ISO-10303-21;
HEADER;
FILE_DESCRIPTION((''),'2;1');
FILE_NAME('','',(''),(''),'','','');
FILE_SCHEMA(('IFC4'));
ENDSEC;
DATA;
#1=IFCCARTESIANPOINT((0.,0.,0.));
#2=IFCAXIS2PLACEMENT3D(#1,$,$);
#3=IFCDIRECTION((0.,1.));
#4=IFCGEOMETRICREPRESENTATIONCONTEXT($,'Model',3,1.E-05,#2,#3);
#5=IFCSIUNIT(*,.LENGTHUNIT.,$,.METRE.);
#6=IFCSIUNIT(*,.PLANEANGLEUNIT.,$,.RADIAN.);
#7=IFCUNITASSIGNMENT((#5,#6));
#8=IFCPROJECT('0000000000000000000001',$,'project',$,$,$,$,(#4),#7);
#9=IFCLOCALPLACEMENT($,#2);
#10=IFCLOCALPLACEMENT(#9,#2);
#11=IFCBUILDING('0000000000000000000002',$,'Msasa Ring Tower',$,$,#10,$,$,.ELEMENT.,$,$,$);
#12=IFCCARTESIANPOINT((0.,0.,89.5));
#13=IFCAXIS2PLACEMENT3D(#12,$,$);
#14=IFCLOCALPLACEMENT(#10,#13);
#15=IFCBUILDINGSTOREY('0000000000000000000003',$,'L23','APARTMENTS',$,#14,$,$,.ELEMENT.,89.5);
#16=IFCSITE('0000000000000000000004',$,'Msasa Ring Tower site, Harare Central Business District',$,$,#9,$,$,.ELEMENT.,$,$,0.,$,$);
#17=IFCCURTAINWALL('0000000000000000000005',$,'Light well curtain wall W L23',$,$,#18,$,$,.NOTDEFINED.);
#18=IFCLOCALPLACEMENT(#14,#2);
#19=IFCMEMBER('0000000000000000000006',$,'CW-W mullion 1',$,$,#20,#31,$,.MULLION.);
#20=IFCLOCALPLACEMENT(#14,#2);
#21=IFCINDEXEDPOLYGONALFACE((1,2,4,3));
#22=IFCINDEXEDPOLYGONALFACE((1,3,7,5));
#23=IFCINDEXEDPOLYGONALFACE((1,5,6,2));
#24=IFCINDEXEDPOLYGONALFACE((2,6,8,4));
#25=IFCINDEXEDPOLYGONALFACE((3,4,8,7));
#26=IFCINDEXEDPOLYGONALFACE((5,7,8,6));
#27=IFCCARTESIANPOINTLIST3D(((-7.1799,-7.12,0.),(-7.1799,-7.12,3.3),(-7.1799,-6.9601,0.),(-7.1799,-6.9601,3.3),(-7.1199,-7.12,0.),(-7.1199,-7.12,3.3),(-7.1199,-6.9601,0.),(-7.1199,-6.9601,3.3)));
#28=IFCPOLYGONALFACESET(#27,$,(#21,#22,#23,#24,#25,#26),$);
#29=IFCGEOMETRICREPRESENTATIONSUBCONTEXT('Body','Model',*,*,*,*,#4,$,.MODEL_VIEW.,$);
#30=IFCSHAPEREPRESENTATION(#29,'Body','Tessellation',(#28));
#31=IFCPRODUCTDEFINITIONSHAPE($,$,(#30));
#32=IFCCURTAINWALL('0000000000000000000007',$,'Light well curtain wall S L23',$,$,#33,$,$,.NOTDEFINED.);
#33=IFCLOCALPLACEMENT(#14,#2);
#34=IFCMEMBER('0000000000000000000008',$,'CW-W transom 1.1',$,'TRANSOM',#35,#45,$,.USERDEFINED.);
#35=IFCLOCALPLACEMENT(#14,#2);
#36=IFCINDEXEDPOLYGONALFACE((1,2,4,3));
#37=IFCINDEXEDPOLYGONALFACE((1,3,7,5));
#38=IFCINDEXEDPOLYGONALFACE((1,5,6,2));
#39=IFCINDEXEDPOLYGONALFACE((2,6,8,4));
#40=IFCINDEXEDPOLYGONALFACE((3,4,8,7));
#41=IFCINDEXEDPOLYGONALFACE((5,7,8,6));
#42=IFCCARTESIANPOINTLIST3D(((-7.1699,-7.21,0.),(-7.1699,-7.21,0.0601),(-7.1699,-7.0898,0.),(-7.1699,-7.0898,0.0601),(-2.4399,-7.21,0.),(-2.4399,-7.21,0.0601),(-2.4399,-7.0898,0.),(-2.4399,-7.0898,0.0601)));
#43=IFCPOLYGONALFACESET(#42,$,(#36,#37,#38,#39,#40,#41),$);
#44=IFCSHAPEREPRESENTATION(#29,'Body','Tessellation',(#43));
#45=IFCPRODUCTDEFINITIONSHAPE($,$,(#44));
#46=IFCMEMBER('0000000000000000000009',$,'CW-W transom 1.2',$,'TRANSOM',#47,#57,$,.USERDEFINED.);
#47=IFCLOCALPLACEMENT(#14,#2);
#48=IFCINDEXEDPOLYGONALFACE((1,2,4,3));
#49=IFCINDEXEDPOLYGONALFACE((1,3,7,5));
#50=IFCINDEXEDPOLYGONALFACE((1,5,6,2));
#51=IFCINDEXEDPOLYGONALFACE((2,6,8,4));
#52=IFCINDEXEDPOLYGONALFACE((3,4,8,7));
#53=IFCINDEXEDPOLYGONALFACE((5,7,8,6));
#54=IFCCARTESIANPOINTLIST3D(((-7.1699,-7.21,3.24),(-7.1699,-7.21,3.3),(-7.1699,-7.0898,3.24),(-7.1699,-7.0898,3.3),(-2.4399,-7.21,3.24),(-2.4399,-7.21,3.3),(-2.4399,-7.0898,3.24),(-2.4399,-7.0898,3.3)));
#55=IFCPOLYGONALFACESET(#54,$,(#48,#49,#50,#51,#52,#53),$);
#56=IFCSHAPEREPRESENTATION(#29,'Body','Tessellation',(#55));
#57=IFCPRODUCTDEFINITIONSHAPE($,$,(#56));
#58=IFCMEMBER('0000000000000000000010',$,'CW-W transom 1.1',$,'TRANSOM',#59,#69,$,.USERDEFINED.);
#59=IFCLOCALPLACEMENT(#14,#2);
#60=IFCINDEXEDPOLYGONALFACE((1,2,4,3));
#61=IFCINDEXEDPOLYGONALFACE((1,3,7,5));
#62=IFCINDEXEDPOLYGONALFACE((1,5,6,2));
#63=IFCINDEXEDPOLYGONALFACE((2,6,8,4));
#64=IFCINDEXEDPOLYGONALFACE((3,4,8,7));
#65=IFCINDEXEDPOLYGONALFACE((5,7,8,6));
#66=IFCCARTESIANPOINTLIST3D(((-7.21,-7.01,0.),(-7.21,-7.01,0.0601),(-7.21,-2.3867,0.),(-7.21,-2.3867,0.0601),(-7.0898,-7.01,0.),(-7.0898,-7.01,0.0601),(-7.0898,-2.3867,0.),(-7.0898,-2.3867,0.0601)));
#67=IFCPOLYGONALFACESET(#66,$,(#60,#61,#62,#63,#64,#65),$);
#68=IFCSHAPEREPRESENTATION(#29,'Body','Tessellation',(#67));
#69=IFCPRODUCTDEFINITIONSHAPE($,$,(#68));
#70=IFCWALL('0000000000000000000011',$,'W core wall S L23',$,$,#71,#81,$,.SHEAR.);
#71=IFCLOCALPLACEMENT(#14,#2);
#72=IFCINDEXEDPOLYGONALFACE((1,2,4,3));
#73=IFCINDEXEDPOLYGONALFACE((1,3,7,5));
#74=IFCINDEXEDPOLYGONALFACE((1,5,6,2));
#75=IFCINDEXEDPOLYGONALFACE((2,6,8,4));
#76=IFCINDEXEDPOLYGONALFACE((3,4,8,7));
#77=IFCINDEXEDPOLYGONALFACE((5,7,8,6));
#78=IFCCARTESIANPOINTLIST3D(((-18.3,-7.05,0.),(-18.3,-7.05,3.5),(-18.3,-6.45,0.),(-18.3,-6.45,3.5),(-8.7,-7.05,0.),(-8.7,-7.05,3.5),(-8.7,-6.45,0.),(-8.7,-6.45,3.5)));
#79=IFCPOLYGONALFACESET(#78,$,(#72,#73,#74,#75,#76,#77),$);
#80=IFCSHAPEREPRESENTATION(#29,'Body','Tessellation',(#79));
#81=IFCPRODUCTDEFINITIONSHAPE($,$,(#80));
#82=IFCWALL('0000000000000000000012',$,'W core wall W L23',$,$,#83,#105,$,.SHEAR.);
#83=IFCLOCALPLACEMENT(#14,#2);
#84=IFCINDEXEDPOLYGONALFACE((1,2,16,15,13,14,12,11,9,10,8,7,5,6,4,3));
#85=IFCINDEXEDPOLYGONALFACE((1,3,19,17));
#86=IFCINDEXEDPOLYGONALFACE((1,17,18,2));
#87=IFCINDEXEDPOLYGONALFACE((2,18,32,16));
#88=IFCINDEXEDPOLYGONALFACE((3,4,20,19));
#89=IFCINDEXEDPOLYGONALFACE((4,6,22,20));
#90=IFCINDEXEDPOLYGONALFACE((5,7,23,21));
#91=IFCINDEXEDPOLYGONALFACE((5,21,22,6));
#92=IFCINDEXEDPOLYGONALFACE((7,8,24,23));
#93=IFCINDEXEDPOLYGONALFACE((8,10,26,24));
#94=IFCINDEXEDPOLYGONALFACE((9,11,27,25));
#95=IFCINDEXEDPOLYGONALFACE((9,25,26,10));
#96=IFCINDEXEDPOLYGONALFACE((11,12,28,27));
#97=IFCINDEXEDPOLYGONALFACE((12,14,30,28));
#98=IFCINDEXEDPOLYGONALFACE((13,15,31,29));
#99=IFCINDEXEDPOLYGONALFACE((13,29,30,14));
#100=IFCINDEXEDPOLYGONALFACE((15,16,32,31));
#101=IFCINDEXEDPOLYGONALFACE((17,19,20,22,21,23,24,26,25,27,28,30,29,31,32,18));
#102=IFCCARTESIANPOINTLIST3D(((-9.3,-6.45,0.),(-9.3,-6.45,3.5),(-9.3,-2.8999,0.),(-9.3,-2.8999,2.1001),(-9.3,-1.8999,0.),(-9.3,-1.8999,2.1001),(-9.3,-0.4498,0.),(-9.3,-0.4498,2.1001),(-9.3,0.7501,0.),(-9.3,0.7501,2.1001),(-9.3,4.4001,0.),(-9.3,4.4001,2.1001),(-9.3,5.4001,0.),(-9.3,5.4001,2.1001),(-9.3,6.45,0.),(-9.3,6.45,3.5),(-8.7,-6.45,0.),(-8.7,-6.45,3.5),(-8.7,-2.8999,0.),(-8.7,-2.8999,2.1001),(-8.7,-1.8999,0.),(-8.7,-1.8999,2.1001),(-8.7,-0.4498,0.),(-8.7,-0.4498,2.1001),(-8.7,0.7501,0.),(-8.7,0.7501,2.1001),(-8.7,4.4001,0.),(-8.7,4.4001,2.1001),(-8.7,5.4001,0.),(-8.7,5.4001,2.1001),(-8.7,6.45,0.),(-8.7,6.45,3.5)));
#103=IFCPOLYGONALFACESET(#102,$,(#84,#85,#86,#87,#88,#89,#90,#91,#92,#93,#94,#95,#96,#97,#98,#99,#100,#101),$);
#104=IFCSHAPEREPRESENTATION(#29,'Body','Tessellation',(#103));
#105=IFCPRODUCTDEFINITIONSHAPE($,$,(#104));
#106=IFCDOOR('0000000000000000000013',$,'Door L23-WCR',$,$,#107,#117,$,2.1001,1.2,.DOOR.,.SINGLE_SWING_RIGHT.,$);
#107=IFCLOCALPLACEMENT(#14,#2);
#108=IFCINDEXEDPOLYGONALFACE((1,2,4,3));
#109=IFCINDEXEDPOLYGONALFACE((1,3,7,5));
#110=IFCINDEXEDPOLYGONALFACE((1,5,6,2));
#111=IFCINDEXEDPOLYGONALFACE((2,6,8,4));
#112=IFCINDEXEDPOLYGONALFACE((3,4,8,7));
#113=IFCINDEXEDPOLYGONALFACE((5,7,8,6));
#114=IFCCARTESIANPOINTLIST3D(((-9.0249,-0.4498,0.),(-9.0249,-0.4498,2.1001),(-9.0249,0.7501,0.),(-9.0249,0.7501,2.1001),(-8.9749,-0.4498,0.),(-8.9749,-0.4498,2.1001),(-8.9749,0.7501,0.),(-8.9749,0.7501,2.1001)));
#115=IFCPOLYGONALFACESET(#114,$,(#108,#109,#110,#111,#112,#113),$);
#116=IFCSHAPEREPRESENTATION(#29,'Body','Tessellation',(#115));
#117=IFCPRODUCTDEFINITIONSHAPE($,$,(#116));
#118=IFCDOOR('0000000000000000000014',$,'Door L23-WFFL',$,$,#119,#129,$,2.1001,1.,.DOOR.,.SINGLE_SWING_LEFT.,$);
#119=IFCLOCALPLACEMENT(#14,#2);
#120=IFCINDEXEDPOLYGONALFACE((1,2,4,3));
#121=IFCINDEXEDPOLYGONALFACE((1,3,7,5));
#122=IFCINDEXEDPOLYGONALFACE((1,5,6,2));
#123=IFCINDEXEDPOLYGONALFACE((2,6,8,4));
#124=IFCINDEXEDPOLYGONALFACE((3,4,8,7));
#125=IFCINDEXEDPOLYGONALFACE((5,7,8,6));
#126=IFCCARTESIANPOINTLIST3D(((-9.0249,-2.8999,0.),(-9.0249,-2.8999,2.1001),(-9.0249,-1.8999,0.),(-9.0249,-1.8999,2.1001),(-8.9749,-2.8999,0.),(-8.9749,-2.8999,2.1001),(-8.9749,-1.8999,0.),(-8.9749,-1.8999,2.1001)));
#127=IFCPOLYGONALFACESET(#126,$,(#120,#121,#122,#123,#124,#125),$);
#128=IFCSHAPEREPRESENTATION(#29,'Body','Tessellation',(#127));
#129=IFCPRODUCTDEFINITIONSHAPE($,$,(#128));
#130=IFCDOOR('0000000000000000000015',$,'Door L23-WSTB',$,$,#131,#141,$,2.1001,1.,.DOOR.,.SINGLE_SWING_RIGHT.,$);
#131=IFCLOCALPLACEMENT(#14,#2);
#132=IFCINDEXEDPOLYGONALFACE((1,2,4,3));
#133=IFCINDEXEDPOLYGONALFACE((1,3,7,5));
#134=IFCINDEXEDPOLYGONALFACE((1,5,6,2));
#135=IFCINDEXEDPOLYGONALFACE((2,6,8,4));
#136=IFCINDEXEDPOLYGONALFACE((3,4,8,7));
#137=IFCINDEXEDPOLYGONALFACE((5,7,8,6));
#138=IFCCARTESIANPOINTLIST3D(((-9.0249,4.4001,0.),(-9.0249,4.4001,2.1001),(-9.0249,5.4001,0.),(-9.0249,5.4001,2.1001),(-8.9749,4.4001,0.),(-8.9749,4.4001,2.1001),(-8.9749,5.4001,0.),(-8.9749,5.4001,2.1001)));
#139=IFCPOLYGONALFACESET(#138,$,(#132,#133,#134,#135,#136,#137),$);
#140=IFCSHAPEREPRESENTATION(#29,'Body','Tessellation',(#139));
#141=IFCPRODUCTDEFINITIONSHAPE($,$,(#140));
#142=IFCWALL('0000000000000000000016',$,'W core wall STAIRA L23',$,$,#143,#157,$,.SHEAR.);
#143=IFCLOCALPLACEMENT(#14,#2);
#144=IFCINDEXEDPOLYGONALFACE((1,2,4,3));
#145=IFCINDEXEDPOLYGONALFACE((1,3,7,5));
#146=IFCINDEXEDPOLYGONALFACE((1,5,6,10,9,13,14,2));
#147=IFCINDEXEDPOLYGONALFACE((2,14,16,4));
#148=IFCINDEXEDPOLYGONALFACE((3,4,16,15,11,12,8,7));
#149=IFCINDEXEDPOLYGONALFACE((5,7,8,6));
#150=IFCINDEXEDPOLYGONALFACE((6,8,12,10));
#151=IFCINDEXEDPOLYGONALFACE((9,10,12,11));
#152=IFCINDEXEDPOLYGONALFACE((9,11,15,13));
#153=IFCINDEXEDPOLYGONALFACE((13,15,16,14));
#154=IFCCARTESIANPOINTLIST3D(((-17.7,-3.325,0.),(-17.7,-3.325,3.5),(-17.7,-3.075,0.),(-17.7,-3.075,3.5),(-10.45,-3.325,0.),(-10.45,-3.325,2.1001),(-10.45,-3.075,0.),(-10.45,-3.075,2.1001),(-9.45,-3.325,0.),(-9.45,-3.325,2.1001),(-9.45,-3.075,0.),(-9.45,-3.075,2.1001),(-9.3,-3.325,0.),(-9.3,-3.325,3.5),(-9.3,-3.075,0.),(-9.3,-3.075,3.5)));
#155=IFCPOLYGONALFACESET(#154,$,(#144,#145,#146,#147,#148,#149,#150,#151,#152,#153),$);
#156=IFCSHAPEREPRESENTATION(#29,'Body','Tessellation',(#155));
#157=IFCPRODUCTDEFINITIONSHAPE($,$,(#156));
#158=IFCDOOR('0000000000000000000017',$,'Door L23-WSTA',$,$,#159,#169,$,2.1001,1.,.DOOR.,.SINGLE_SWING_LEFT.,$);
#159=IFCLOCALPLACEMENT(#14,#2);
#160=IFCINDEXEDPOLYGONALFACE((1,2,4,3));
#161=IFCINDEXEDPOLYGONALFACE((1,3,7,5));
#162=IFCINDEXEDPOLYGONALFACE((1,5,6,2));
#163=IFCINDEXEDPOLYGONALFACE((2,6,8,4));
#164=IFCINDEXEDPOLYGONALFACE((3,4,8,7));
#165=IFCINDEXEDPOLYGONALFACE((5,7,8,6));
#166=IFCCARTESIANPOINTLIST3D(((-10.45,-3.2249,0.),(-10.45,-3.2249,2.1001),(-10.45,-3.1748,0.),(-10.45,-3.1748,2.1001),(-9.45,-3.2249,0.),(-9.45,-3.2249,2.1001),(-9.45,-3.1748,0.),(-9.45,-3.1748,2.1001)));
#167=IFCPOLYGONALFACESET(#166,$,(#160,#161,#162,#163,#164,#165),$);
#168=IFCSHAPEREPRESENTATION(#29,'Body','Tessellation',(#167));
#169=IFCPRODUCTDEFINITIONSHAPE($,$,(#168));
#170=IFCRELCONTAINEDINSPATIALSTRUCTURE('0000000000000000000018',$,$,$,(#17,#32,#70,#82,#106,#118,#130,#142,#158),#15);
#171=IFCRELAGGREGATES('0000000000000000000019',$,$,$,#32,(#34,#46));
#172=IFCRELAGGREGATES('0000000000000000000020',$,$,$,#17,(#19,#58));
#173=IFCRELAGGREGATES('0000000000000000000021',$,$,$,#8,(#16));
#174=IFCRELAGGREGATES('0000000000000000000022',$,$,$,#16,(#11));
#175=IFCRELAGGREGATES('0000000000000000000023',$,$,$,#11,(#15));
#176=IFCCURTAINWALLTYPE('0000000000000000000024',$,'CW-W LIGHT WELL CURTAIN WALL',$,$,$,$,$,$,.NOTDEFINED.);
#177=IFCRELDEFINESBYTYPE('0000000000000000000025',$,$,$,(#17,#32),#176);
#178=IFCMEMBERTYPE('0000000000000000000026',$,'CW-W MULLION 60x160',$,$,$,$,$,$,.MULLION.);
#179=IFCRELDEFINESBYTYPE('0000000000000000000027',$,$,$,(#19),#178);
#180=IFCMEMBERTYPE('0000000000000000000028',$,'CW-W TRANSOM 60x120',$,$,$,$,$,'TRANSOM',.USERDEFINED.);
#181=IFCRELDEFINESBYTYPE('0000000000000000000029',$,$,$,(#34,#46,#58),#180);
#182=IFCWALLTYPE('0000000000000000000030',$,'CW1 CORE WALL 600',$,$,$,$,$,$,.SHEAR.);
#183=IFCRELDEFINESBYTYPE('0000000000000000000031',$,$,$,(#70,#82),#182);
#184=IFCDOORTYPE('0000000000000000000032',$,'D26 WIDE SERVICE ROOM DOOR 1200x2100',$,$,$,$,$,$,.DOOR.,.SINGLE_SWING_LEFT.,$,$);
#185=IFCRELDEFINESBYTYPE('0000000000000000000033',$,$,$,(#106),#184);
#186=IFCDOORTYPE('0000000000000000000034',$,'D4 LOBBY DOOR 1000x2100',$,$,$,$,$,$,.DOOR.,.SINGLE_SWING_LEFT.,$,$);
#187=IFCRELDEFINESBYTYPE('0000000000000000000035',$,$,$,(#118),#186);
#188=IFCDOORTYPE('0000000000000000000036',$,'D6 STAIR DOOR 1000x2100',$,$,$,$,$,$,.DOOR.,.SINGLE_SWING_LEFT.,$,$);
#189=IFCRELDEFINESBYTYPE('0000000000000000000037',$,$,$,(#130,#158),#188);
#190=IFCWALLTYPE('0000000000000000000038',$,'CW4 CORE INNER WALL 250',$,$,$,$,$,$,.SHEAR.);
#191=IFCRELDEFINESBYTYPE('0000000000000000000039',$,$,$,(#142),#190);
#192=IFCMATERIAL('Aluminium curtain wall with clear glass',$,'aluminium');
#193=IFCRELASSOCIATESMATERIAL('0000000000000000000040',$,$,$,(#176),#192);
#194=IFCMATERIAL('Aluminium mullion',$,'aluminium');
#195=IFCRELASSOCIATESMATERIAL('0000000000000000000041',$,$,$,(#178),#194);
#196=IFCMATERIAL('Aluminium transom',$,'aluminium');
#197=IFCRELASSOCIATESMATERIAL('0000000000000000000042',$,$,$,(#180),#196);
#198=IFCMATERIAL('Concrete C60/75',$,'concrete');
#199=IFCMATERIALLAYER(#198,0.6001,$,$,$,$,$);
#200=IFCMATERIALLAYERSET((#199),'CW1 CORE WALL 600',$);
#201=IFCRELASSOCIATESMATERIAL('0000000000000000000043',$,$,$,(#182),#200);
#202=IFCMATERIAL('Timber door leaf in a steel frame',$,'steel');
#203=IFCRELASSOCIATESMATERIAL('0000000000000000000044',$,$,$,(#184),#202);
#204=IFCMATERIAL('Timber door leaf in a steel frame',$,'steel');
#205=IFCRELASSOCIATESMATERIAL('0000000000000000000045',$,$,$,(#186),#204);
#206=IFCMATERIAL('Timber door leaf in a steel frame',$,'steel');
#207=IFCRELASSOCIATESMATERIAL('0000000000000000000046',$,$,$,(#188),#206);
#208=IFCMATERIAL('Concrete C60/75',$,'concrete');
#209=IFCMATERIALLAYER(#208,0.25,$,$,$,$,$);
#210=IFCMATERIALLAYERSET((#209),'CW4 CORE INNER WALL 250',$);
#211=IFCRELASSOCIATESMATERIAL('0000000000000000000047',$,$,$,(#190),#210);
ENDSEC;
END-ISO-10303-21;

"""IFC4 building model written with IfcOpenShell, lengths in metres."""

from ifc_helpers import new_model, si_unit, direction, frame, frame_2d, origin, origin_2d, place, context, subcontext, project, spatial, rectangle, extrude, material, layer, layer_set, material_profile, profile_set, type_object, element, fill, aggregate, save


model = new_model("IFC4")

# Units and contexts
model_context = context("Model", 3, precision=1e-05, world=origin(), true_north=direction((0.0, 1.0)))
body_context = subcontext(model_context, "Body", "Model", "MODEL_VIEW")
ifc_project = project(units=[si_unit("LENGTHUNIT", "METRE"), si_unit("PLANEANGLEUNIT", "RADIAN")], contexts=[model_context])

# Site, building, storey
site_placement = place(None, origin())
site = spatial("IfcSite", under=ifc_project, at=site_placement, Name="Msasa Ring Tower site, Harare Central Business District", CompositionType="ELEMENT", RefElevation=0.0)
building_placement = place(site_placement, origin())
building = spatial("IfcBuilding", under=site, at=building_placement, Name="Msasa Ring Tower", CompositionType="ELEMENT")
storey_placement = place(building_placement, frame((0.0, 0.0, 89.5)))
storey = spatial("IfcBuildingStorey", under=building, at=storey_placement, Name="L23", Description="APARTMENTS", CompositionType="ELEMENT", Elevation=89.5)

# Curtain wall, member
ifc_material_1 = material(Name="Aluminium curtain wall with clear glass", Category="aluminium")
curtain_wall_type = type_object("IfcCurtainWallType", Name="CW-W LIGHT WELL CURTAIN WALL", PredefinedType="NOTDEFINED", material=ifc_material_1)
curtain_wall_1_placement = place(storey_placement, origin())
curtain_wall_1 = element("IfcCurtainWall", 1, at=curtain_wall_1_placement, inside=storey, type_object=curtain_wall_type, Name="Light well curtain wall W L23", PredefinedType="NOTDEFINED")
ifc_material_2 = material(Name="Aluminium mullion", Category="aluminium")
ifc_material_profile_1 = material_profile(ifc_material_2, rectangle(XDim=0.0601, YDim=0.1599, at=origin_2d()), Name="AL 60x160")
ifc_profile_set_1 = profile_set([ifc_material_profile_1], Name="Aluminium mullion")
member_type_1 = type_object("IfcMemberType", Name="CW-W MULLION 60x160", PredefinedType="MULLION", material=ifc_profile_set_1)
member_1_placement = place(storey_placement, frame((-7.1499, -7.04, 0.0), z_axis=(0.0, 0.0, 1.0), x_axis=(-1.0, 0.0, 0.0)))
member_1 = element("IfcMember", 2, at=member_1_placement, type_object=member_type_1, Name="CW-W mullion 1", PredefinedType="MULLION", context=body_context, shape_type="SweptSolid", body=[
    extrude(rectangle(XDim=0.0601, YDim=0.1599, at=origin_2d()), origin(), (0.0, 0.0, 1.0), 3.3),
])

# Curtain wall, members
curtain_wall_2_placement = place(storey_placement, origin())
curtain_wall_2 = element("IfcCurtainWall", 3, at=curtain_wall_2_placement, inside=storey, type_object=curtain_wall_type, Name="Light well curtain wall S L23", PredefinedType="NOTDEFINED")
ifc_material_3 = material(Name="Aluminium transom", Category="aluminium")
ifc_material_profile_2 = material_profile(ifc_material_3, rectangle(XDim=0.1201, YDim=0.0601, at=origin_2d()), Name="AL 60x120")
ifc_profile_set_2 = profile_set([ifc_material_profile_2], Name="Aluminium transom")
member_type_2 = type_object("IfcMemberType", Name="CW-W TRANSOM 60x120", ElementType="TRANSOM", PredefinedType="USERDEFINED", material=ifc_profile_set_2)
member_2_placement = place(storey_placement, frame((-7.1699, -7.1499, 0.03), z_axis=(1.0, 0.0, 0.0), x_axis=(0.0, 1.0, 0.0)))
member_2 = element("IfcMember", 4, at=member_2_placement, type_object=member_type_2, Name="CW-W transom 1.1", ObjectType="TRANSOM", PredefinedType="USERDEFINED", context=body_context, shape_type="SweptSolid", body=[
    extrude(rectangle(XDim=0.1201, YDim=0.0601, at=origin_2d()), origin(), (0.0, 0.0, 1.0), 4.73),
])
member_3_placement = place(storey_placement, frame((-7.1699, -7.1499, 3.27), z_axis=(1.0, 0.0, 0.0), x_axis=(0.0, 1.0, 0.0)))
member_3 = element("IfcMember", 5, at=member_3_placement, type_object=member_type_2, Name="CW-W transom 1.2", ObjectType="TRANSOM", PredefinedType="USERDEFINED", context=body_context, shape_type="SweptSolid", body=[
    extrude(rectangle(XDim=0.1201, YDim=0.0601, at=origin_2d()), origin(), (0.0, 0.0, 1.0), 4.73),
])
aggregate(curtain_wall_2, [member_2, member_3])

# Member
member_4_placement = place(storey_placement, frame((-7.1499, -7.01, 0.03), z_axis=(0.0, 1.0, 0.0), x_axis=(-1.0, 0.0, 0.0)))
member_4 = element("IfcMember", 6, at=member_4_placement, type_object=member_type_2, Name="CW-W transom 1.1", ObjectType="TRANSOM", PredefinedType="USERDEFINED", context=body_context, shape_type="SweptSolid", body=[
    extrude(rectangle(XDim=0.1201, YDim=0.0601, at=origin_2d()), origin(), (0.0, 0.0, 1.0), 4.6233),
])
aggregate(curtain_wall_1, [member_1, member_4])

# Wall
ifc_material_4 = material(Name="Concrete C60/75", Category="concrete")
ifc_layer_1 = layer(ifc_material_4, 0.6001)
ifc_layer_set_1 = layer_set([ifc_layer_1], Name="CW1 CORE WALL 600")
wall_type_1 = type_object("IfcWallType", Name="CW1 CORE WALL 600", PredefinedType="SHEAR", material=ifc_layer_set_1)
wall_1_placement = place(storey_placement, frame((-8.7, -6.75, 0.0), z_axis=(0.0, 0.0, 1.0), x_axis=(-1.0, 0.0, 0.0)))
element("IfcWall", 7, at=wall_1_placement, inside=storey, type_object=wall_type_1, Name="W core wall S L23", PredefinedType="SHEAR", context=body_context, shape_type="SweptSolid", body=[
    extrude(rectangle(XDim=9.6001, YDim=0.6001, at=frame_2d((4.8, 0.0))), origin(), (0.0, 0.0, 1.0), 3.5),
])

# Wall, openings, doors
wall_2_placement = place(storey_placement, frame((-9.0, -6.45, 0.0), z_axis=(0.0, 0.0, 1.0), x_axis=(0.0, 1.0, 0.0)))
wall_2 = element("IfcWall", 8, at=wall_2_placement, inside=storey, type_object=wall_type_1, Name="W core wall W L23", PredefinedType="SHEAR", context=body_context, shape_type="SweptSolid", body=[
    extrude(rectangle(XDim=12.8999, YDim=0.6001, at=frame_2d((6.45, 0.0))), origin(), (0.0, 0.0, 1.0), 3.5),
])
opening_1_placement = place(wall_2_placement, frame((3.55, 0.0, 0.0)))
opening_1 = element("IfcOpeningElement", 9, at=opening_1_placement, cuts=wall_2, PredefinedType="OPENING", context=body_context, shape_type="SweptSolid", body=[
    extrude(rectangle(XDim=1.0, YDim=2.1001, at=frame_2d((0.5, 1.05))), frame((0.0, 0.3101, 0.0), z_axis=(0.0, -1.0, 0.0), x_axis=(1.0, 0.0, 0.0)), (0.0, 0.0, 1.0), 0.6201),
])
opening_2_placement = place(wall_2_placement, frame((6.0, 0.0, 0.0)))
opening_2 = element("IfcOpeningElement", 10, at=opening_2_placement, cuts=wall_2, PredefinedType="OPENING", context=body_context, shape_type="SweptSolid", body=[
    extrude(rectangle(XDim=1.2, YDim=2.1001, at=frame_2d((0.6001, 1.05))), frame((0.0, 0.3101, 0.0), z_axis=(0.0, -1.0, 0.0), x_axis=(1.0, 0.0, 0.0)), (0.0, 0.0, 1.0), 0.6201),
])
opening_3_placement = place(wall_2_placement, frame((10.8501, 0.0, 0.0)))
opening_3 = element("IfcOpeningElement", 11, at=opening_3_placement, cuts=wall_2, PredefinedType="OPENING", context=body_context, shape_type="SweptSolid", body=[
    extrude(rectangle(XDim=1.0, YDim=2.1001, at=frame_2d((0.5, 1.05))), frame((0.0, 0.3101, 0.0), z_axis=(0.0, -1.0, 0.0), x_axis=(1.0, 0.0, 0.0)), (0.0, 0.0, 1.0), 0.6201),
])
ifc_material_5 = material(Name="Timber door leaf in a steel frame", Category="steel")
door_type_1 = type_object("IfcDoorType", Name="D26 WIDE SERVICE ROOM DOOR 1200x2100", OperationType="SINGLE_SWING_LEFT", PredefinedType="DOOR", material=ifc_material_5)
door_1_placement = place(opening_2_placement, origin())
door_1 = element("IfcDoor", 12, at=door_1_placement, inside=storey, type_object=door_type_1, Name="Door L23-WCR", OperationType="SINGLE_SWING_RIGHT", OverallHeight=2.1001, OverallWidth=1.2, PredefinedType="DOOR", context=body_context, shape_type="SweptSolid", body=[
    extrude(rectangle(XDim=1.2, YDim=2.1001, at=frame_2d((0.6001, 1.05))), frame((0.0, 0.0249, 0.0), z_axis=(0.0, -1.0, 0.0), x_axis=(1.0, 0.0, 0.0)), (0.0, 0.0, 1.0), 0.05),
])
fill(opening_2, door_1)
ifc_material_6 = material(Name="Timber door leaf in a steel frame", Category="steel")
door_type_2 = type_object("IfcDoorType", Name="D4 LOBBY DOOR 1000x2100", OperationType="SINGLE_SWING_LEFT", PredefinedType="DOOR", material=ifc_material_6)
door_2_placement = place(opening_1_placement, origin())
door_2 = element("IfcDoor", 13, at=door_2_placement, inside=storey, type_object=door_type_2, Name="Door L23-WFFL", OperationType="SINGLE_SWING_LEFT", OverallHeight=2.1001, OverallWidth=1.0, PredefinedType="DOOR", context=body_context, shape_type="SweptSolid", body=[
    extrude(rectangle(XDim=1.0, YDim=2.1001, at=frame_2d((0.5, 1.05))), frame((0.0, 0.0249, 0.0), z_axis=(0.0, -1.0, 0.0), x_axis=(1.0, 0.0, 0.0)), (0.0, 0.0, 1.0), 0.05),
])
fill(opening_1, door_2)
ifc_material_7 = material(Name="Timber door leaf in a steel frame", Category="steel")
door_type_3 = type_object("IfcDoorType", Name="D6 STAIR DOOR 1000x2100", OperationType="SINGLE_SWING_LEFT", PredefinedType="DOOR", material=ifc_material_7)
door_3_placement = place(opening_3_placement, origin())
door_3 = element("IfcDoor", 14, at=door_3_placement, inside=storey, type_object=door_type_3, Name="Door L23-WSTB", OperationType="SINGLE_SWING_RIGHT", OverallHeight=2.1001, OverallWidth=1.0, PredefinedType="DOOR", context=body_context, shape_type="SweptSolid", body=[
    extrude(rectangle(XDim=1.0, YDim=2.1001, at=frame_2d((0.5, 1.05))), frame((0.0, 0.0249, 0.0), z_axis=(0.0, -1.0, 0.0), x_axis=(1.0, 0.0, 0.0)), (0.0, 0.0, 1.0), 0.05),
])
fill(opening_3, door_3)

# Wall, opening, door
ifc_material_8 = material(Name="Concrete C60/75", Category="concrete")
ifc_layer_2 = layer(ifc_material_8, 0.25)
ifc_layer_set_2 = layer_set([ifc_layer_2], Name="CW4 CORE INNER WALL 250")
wall_type_2 = type_object("IfcWallType", Name="CW4 CORE INNER WALL 250", PredefinedType="SHEAR", material=ifc_layer_set_2)
wall_3_placement = place(storey_placement, frame((-9.3, -3.2, 0.0), z_axis=(0.0, 0.0, 1.0), x_axis=(-1.0, 0.0, 0.0)))
wall_3 = element("IfcWall", 15, at=wall_3_placement, inside=storey, type_object=wall_type_2, Name="W core wall STAIRA L23", PredefinedType="SHEAR", context=body_context, shape_type="SweptSolid", body=[
    extrude(rectangle(XDim=8.3999, YDim=0.25, at=frame_2d((4.2, 0.0))), origin(), (0.0, 0.0, 1.0), 3.5),
])
opening_4_placement = place(wall_3_placement, frame((0.1499, 0.0, 0.0)))
opening_4 = element("IfcOpeningElement", 16, at=opening_4_placement, cuts=wall_3, PredefinedType="OPENING", context=body_context, shape_type="SweptSolid", body=[
    extrude(rectangle(XDim=1.0, YDim=2.1001, at=frame_2d((0.5, 1.05))), frame((0.0, 0.135, 0.0), z_axis=(0.0, -1.0, 0.0), x_axis=(1.0, 0.0, 0.0)), (0.0, 0.0, 1.0), 0.27),
])
door_4_placement = place(opening_4_placement, origin())
door_4 = element("IfcDoor", 17, at=door_4_placement, inside=storey, type_object=door_type_3, Name="Door L23-WSTA", OperationType="SINGLE_SWING_LEFT", OverallHeight=2.1001, OverallWidth=1.0, PredefinedType="DOOR", context=body_context, shape_type="SweptSolid", body=[
    extrude(rectangle(XDim=1.0, YDim=2.1001, at=frame_2d((0.5, 1.05))), frame((0.0, 0.0249, 0.0), z_axis=(0.0, -1.0, 0.0), x_axis=(1.0, 0.0, 0.0)), (0.0, 0.0, 1.0), 0.05),
])
fill(opening_4, door_4)

save(model, "model.ifc")
